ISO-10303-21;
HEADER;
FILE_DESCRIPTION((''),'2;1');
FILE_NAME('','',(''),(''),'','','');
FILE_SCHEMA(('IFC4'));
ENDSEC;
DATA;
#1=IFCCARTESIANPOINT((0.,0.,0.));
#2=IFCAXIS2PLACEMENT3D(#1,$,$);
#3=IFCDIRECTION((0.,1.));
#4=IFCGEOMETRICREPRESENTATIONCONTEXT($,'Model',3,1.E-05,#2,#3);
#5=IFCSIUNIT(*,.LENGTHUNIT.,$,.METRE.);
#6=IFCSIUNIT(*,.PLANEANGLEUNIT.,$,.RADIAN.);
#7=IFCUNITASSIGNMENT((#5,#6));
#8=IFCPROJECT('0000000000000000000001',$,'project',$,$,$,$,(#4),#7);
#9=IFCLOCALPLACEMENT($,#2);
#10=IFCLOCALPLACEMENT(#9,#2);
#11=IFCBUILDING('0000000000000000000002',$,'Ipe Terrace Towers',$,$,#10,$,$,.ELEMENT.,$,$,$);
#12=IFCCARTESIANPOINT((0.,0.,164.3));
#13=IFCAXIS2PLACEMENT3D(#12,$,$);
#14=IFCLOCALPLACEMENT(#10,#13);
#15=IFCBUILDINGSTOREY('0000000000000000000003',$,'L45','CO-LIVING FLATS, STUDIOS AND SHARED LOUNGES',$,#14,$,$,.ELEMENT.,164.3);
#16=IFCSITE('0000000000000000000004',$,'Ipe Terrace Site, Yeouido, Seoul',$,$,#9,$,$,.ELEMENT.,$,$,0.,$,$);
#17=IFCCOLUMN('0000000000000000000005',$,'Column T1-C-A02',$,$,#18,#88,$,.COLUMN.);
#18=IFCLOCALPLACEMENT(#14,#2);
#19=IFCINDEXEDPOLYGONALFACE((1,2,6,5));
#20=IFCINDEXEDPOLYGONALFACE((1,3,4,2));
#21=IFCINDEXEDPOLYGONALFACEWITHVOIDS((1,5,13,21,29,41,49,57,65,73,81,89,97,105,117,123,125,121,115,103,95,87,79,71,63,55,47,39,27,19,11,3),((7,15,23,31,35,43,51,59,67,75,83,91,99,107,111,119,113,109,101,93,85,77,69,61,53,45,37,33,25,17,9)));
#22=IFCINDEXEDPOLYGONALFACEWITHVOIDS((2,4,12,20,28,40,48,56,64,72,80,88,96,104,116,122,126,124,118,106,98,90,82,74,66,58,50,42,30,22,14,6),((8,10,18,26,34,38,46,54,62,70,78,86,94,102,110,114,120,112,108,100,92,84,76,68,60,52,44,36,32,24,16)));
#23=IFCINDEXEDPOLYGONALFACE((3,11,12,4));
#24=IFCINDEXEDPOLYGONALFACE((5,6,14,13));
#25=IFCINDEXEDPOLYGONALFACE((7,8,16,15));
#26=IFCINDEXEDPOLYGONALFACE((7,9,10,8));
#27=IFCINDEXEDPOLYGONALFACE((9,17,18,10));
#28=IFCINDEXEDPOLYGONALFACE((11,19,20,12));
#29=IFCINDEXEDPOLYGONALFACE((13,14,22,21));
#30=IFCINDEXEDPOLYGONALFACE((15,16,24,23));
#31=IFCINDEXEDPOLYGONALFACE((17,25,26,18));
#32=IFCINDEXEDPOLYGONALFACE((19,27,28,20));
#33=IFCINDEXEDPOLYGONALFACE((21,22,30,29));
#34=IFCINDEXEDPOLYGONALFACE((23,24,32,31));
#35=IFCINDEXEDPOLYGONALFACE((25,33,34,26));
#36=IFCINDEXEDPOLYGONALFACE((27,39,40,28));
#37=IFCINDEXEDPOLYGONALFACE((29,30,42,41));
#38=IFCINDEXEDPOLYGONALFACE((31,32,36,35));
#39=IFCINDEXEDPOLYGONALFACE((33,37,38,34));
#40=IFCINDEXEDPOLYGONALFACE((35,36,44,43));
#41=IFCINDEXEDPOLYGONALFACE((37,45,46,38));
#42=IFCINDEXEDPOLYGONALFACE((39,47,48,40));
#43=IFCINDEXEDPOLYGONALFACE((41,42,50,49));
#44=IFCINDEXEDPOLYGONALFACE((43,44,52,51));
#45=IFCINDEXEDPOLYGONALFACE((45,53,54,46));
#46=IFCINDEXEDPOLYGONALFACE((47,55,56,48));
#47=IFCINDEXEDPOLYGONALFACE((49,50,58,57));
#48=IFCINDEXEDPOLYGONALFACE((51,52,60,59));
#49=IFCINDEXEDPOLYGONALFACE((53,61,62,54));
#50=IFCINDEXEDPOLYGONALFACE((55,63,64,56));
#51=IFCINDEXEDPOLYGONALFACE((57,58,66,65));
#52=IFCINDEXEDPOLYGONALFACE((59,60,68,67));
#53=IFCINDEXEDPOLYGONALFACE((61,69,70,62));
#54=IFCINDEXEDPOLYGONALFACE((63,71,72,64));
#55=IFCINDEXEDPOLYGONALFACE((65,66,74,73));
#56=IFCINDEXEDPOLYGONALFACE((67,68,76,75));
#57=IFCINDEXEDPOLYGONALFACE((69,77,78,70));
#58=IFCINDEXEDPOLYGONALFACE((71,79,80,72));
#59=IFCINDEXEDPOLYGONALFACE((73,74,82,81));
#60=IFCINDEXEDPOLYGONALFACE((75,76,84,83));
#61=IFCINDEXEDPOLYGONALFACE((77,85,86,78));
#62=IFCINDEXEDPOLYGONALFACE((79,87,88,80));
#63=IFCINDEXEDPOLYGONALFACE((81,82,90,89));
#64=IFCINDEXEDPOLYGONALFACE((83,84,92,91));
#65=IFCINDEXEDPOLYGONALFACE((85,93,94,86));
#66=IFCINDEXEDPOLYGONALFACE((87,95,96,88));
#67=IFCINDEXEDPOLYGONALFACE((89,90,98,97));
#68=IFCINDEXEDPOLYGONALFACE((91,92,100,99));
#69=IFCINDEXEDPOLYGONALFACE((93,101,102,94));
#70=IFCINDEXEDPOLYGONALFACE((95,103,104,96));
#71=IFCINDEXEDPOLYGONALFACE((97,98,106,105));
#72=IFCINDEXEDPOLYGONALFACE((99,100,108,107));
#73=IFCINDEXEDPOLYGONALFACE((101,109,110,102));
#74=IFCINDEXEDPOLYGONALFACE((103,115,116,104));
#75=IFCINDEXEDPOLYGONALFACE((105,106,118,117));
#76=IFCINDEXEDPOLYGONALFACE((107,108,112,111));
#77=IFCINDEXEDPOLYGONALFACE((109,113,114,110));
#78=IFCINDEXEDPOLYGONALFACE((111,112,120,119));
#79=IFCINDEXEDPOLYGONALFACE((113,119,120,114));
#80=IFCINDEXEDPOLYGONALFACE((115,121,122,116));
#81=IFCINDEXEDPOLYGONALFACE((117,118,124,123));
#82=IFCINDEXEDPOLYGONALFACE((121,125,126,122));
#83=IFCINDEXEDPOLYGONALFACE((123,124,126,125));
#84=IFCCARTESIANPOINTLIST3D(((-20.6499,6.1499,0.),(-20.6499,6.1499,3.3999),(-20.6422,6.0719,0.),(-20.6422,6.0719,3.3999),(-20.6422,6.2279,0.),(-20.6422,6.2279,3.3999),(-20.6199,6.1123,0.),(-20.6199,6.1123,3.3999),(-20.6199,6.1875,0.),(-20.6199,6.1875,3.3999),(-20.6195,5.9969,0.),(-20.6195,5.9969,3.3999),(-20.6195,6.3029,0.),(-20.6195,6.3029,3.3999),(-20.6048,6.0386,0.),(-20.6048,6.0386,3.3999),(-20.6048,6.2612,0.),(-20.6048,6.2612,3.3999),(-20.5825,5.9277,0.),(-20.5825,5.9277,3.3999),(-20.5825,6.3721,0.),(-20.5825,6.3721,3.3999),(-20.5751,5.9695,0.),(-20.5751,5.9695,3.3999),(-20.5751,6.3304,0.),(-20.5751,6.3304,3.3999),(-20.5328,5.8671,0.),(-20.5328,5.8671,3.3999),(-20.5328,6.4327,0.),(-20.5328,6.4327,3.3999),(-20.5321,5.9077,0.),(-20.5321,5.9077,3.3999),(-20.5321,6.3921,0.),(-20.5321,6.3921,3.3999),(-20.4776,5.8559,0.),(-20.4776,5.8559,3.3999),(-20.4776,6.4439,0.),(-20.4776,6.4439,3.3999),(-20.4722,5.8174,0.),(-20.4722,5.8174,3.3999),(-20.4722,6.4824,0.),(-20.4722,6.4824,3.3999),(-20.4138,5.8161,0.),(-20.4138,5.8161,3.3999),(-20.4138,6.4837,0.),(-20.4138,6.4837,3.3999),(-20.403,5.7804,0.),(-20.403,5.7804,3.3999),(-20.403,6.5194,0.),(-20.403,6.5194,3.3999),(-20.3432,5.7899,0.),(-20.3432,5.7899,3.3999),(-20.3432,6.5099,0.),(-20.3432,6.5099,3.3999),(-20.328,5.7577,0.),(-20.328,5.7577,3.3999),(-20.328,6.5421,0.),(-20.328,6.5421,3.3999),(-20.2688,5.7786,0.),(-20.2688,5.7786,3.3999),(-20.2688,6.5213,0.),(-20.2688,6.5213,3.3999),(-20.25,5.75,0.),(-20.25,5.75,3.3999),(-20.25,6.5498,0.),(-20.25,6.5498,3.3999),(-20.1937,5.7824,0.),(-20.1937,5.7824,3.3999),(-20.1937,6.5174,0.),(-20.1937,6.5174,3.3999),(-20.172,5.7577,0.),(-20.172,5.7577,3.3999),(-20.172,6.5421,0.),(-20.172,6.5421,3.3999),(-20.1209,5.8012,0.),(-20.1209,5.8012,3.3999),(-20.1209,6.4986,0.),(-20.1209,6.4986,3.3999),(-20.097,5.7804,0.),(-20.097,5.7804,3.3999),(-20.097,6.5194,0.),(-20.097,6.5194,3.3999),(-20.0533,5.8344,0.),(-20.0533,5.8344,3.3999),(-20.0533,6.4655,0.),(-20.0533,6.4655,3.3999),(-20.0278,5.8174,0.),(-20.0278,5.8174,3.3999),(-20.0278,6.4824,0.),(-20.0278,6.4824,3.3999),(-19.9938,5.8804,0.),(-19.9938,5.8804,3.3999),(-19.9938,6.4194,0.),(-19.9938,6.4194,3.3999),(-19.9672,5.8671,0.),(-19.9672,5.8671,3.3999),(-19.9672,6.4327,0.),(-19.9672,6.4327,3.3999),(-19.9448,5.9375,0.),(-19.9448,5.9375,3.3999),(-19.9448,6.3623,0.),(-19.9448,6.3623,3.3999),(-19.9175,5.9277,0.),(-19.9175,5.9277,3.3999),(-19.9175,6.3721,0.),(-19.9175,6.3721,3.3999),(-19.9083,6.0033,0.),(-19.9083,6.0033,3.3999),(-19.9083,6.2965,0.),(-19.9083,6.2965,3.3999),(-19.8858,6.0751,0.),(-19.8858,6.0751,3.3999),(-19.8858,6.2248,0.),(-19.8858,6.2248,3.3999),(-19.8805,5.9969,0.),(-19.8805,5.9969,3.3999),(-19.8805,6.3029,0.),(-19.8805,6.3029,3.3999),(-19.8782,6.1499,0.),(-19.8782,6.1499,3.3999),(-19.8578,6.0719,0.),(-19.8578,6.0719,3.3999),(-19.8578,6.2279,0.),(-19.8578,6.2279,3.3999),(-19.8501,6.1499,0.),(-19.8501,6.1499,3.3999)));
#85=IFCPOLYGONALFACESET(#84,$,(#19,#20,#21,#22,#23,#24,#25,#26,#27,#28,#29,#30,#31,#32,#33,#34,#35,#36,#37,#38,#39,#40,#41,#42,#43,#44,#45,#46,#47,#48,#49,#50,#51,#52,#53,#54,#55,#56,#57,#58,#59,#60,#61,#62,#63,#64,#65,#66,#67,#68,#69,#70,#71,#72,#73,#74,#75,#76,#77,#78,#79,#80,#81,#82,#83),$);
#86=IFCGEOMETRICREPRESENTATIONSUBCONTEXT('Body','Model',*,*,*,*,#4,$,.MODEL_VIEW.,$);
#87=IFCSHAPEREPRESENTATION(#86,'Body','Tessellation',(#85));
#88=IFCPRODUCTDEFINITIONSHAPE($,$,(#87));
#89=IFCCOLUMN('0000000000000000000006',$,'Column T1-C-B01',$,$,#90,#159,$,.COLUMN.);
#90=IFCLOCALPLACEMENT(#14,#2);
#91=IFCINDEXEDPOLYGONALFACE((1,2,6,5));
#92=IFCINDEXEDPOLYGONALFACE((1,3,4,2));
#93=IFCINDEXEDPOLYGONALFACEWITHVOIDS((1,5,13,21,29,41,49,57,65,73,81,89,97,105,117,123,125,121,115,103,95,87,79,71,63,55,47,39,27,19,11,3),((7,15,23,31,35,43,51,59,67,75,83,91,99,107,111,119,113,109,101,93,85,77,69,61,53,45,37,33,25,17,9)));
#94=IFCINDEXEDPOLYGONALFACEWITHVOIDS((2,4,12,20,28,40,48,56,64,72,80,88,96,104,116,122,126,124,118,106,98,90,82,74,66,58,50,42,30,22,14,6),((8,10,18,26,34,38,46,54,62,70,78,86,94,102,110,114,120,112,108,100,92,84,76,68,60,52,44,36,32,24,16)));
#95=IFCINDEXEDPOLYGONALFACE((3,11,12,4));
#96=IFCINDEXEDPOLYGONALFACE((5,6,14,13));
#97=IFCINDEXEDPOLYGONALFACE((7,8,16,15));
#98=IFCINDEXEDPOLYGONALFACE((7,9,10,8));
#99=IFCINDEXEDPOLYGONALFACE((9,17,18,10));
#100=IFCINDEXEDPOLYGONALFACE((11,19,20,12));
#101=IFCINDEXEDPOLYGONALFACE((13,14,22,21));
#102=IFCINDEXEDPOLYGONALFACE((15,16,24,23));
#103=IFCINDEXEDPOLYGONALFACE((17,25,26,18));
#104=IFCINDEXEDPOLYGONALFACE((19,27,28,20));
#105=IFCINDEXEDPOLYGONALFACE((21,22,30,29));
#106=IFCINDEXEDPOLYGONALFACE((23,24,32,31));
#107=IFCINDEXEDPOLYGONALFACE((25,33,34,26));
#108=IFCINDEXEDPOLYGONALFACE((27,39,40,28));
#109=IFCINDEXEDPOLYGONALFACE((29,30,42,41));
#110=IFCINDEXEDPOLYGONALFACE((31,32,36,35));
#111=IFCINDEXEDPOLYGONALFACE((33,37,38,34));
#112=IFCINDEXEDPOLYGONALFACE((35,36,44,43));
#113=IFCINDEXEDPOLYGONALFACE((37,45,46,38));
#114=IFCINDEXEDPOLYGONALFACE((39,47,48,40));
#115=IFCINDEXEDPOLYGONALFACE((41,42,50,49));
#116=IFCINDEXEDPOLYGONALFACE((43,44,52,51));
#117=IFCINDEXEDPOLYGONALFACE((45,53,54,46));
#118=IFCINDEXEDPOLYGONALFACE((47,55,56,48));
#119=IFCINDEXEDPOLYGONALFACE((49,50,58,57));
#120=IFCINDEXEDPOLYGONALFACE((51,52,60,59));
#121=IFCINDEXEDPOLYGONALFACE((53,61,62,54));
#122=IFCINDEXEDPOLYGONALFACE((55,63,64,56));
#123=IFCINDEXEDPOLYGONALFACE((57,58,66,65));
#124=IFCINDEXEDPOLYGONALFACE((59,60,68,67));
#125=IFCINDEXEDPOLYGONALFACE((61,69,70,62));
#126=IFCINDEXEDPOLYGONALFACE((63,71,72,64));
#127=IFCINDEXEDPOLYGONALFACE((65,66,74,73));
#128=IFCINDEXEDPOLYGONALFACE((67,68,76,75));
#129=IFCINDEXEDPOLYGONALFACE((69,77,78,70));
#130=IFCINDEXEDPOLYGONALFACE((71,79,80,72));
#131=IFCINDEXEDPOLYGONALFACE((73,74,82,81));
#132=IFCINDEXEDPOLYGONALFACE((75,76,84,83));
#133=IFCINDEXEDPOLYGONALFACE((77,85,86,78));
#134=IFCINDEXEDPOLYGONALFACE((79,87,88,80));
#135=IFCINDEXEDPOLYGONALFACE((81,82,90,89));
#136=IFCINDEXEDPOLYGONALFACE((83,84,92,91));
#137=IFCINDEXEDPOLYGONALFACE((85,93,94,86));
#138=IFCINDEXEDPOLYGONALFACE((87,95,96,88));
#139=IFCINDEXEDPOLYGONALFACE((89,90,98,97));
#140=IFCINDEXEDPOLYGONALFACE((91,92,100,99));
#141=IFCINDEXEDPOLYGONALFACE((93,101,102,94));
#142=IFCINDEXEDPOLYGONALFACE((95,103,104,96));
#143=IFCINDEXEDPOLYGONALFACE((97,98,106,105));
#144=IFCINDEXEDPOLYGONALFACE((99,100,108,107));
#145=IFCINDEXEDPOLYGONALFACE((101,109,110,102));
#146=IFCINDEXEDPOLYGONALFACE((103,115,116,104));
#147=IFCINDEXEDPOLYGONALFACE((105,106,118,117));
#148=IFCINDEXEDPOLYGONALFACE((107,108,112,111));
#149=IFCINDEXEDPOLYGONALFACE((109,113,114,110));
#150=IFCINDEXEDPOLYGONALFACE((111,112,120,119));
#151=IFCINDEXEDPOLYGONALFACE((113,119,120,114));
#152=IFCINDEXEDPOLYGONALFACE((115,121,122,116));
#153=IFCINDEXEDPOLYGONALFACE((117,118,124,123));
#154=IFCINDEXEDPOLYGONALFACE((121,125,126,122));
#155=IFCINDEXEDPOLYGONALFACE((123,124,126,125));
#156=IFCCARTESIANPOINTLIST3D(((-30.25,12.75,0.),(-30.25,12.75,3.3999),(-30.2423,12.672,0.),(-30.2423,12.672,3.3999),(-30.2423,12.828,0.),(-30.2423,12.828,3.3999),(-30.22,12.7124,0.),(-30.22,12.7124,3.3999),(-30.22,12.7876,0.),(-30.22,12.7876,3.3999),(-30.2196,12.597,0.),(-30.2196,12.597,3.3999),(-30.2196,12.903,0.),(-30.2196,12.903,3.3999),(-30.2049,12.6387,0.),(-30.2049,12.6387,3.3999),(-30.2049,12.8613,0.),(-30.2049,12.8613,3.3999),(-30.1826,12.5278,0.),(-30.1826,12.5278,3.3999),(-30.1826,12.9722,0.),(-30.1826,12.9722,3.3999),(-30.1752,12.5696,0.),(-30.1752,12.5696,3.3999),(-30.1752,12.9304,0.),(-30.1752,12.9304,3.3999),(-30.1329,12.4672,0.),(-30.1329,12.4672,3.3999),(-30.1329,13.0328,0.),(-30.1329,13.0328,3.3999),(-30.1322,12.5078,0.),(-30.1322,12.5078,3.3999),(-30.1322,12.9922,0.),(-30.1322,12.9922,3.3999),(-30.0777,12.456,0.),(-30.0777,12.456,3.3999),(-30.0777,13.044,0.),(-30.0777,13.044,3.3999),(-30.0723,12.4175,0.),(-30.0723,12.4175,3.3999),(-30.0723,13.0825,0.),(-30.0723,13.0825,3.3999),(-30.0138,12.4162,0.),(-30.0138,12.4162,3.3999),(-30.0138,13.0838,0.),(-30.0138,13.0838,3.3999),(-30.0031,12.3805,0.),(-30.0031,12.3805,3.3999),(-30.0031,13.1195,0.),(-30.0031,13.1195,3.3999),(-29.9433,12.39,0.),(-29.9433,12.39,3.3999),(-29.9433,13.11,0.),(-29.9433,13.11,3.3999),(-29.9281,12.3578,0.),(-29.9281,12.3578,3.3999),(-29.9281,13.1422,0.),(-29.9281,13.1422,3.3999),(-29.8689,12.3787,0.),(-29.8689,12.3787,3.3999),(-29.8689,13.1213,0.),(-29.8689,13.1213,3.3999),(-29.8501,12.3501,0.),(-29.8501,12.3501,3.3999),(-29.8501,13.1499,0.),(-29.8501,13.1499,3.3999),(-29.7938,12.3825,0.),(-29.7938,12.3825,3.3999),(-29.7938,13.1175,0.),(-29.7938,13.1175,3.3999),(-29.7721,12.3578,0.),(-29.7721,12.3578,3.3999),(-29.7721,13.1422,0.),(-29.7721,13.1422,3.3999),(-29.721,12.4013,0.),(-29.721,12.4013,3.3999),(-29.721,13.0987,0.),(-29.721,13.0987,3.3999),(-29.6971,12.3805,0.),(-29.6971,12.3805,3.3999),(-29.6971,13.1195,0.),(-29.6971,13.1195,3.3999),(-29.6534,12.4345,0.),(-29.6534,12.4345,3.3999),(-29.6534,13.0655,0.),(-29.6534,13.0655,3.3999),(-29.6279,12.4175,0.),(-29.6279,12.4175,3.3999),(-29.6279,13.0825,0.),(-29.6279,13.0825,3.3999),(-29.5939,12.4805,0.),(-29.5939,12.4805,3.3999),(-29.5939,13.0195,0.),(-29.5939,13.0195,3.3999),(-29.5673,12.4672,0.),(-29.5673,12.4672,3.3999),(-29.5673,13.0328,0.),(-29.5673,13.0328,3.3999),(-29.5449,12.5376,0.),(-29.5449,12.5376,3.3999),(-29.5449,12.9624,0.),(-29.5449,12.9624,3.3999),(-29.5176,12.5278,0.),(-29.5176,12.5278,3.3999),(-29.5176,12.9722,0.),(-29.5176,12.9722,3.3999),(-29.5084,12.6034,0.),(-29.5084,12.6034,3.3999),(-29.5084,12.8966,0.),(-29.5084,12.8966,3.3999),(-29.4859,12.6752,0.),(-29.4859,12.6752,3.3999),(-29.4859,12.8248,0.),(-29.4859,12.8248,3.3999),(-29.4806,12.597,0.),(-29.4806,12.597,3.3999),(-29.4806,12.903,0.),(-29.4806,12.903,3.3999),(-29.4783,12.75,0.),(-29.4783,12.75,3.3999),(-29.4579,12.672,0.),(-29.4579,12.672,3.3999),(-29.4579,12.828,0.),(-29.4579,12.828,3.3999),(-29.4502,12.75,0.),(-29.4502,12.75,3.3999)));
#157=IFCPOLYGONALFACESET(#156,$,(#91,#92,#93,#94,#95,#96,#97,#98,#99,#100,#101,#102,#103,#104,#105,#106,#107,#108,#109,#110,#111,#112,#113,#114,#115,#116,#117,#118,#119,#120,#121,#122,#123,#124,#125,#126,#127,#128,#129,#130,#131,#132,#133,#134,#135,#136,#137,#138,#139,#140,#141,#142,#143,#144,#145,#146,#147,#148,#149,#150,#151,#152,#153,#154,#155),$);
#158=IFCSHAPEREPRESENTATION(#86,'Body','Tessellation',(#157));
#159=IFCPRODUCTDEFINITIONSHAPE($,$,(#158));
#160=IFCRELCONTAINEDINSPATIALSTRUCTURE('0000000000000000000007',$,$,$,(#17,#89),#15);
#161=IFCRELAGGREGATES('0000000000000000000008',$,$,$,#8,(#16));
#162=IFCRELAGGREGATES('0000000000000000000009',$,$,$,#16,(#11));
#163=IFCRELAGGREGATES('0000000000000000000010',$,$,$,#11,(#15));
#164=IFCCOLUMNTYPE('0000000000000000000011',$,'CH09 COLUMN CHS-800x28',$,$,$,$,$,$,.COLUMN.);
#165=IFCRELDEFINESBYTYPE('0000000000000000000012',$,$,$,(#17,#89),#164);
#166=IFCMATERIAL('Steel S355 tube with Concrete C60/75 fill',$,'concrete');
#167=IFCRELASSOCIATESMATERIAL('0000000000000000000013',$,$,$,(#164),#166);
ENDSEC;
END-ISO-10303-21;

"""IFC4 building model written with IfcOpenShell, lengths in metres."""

from ifc_helpers import new_model, si_unit, direction, frame, origin, origin_2d, place, context, subcontext, project, spatial, hollow_circle, extrude, material, material_profile, profile_set, type_object, element, save


model = new_model("IFC4")

# Units and contexts
model_context = context("Model", 3, precision=1e-05, world=origin(), true_north=direction((0.0, 1.0)))
body_context = subcontext(model_context, "Body", "Model", "MODEL_VIEW")
ifc_project = project(units=[si_unit("LENGTHUNIT", "METRE"), si_unit("PLANEANGLEUNIT", "RADIAN")], contexts=[model_context])

# Site, building, storey
site_placement = place(None, origin())
site = spatial("IfcSite", under=ifc_project, at=site_placement, Name="Ipe Terrace Site, Yeouido, Seoul", CompositionType="ELEMENT", RefElevation=0.0)
building_placement = place(site_placement, origin())
building = spatial("IfcBuilding", under=site, at=building_placement, Name="Ipe Terrace Towers", CompositionType="ELEMENT")
storey_placement = place(building_placement, frame((0.0, 0.0, 164.3)))
storey = spatial("IfcBuildingStorey", under=building, at=storey_placement, Name="L45", Description="CO-LIVING FLATS, STUDIOS AND SHARED LOUNGES", CompositionType="ELEMENT", Elevation=164.3)

# Columns
ifc_material_1 = material(Name="Steel S355 tube with Concrete C60/75 fill", Category="concrete")
ifc_material_profile_1 = material_profile(ifc_material_1, hollow_circle(Radius=0.3999, WallThickness=0.0281, at=origin_2d()), Name="CHS-800x28")
ifc_profile_set_1 = profile_set([ifc_material_profile_1], Name="Steel S355 tube with Concrete C60/75 fill")
column_type_1 = type_object("IfcColumnType", Name="CH09 COLUMN CHS-800x28", PredefinedType="COLUMN", material=ifc_profile_set_1)
for number, where, z_axis, x_axis, name in (
    (1, (-20.25, 6.1499, 0.0), (0.0, 0.0, 1.0), (1.0, 0.0, 0.0), "Column T1-C-A02"),
    (2, (-29.8501, 12.75, 0.0), (0.0, 0.0, 1.0), (1.0, 0.0, 0.0), "Column T1-C-B01"),
):
    element("IfcColumn", number, at=place(storey_placement, frame(where, z_axis=z_axis, x_axis=x_axis)), inside=storey, type_object=column_type_1, Name=name, PredefinedType="COLUMN", context=body_context, shape_type="SweptSolid", body=[
        extrude(hollow_circle(Radius=0.3999, WallThickness=0.0281, at=origin_2d()), origin(), (0.0, 0.0, 1.0), 3.3999),
    ])

save(model, "model.ifc")
